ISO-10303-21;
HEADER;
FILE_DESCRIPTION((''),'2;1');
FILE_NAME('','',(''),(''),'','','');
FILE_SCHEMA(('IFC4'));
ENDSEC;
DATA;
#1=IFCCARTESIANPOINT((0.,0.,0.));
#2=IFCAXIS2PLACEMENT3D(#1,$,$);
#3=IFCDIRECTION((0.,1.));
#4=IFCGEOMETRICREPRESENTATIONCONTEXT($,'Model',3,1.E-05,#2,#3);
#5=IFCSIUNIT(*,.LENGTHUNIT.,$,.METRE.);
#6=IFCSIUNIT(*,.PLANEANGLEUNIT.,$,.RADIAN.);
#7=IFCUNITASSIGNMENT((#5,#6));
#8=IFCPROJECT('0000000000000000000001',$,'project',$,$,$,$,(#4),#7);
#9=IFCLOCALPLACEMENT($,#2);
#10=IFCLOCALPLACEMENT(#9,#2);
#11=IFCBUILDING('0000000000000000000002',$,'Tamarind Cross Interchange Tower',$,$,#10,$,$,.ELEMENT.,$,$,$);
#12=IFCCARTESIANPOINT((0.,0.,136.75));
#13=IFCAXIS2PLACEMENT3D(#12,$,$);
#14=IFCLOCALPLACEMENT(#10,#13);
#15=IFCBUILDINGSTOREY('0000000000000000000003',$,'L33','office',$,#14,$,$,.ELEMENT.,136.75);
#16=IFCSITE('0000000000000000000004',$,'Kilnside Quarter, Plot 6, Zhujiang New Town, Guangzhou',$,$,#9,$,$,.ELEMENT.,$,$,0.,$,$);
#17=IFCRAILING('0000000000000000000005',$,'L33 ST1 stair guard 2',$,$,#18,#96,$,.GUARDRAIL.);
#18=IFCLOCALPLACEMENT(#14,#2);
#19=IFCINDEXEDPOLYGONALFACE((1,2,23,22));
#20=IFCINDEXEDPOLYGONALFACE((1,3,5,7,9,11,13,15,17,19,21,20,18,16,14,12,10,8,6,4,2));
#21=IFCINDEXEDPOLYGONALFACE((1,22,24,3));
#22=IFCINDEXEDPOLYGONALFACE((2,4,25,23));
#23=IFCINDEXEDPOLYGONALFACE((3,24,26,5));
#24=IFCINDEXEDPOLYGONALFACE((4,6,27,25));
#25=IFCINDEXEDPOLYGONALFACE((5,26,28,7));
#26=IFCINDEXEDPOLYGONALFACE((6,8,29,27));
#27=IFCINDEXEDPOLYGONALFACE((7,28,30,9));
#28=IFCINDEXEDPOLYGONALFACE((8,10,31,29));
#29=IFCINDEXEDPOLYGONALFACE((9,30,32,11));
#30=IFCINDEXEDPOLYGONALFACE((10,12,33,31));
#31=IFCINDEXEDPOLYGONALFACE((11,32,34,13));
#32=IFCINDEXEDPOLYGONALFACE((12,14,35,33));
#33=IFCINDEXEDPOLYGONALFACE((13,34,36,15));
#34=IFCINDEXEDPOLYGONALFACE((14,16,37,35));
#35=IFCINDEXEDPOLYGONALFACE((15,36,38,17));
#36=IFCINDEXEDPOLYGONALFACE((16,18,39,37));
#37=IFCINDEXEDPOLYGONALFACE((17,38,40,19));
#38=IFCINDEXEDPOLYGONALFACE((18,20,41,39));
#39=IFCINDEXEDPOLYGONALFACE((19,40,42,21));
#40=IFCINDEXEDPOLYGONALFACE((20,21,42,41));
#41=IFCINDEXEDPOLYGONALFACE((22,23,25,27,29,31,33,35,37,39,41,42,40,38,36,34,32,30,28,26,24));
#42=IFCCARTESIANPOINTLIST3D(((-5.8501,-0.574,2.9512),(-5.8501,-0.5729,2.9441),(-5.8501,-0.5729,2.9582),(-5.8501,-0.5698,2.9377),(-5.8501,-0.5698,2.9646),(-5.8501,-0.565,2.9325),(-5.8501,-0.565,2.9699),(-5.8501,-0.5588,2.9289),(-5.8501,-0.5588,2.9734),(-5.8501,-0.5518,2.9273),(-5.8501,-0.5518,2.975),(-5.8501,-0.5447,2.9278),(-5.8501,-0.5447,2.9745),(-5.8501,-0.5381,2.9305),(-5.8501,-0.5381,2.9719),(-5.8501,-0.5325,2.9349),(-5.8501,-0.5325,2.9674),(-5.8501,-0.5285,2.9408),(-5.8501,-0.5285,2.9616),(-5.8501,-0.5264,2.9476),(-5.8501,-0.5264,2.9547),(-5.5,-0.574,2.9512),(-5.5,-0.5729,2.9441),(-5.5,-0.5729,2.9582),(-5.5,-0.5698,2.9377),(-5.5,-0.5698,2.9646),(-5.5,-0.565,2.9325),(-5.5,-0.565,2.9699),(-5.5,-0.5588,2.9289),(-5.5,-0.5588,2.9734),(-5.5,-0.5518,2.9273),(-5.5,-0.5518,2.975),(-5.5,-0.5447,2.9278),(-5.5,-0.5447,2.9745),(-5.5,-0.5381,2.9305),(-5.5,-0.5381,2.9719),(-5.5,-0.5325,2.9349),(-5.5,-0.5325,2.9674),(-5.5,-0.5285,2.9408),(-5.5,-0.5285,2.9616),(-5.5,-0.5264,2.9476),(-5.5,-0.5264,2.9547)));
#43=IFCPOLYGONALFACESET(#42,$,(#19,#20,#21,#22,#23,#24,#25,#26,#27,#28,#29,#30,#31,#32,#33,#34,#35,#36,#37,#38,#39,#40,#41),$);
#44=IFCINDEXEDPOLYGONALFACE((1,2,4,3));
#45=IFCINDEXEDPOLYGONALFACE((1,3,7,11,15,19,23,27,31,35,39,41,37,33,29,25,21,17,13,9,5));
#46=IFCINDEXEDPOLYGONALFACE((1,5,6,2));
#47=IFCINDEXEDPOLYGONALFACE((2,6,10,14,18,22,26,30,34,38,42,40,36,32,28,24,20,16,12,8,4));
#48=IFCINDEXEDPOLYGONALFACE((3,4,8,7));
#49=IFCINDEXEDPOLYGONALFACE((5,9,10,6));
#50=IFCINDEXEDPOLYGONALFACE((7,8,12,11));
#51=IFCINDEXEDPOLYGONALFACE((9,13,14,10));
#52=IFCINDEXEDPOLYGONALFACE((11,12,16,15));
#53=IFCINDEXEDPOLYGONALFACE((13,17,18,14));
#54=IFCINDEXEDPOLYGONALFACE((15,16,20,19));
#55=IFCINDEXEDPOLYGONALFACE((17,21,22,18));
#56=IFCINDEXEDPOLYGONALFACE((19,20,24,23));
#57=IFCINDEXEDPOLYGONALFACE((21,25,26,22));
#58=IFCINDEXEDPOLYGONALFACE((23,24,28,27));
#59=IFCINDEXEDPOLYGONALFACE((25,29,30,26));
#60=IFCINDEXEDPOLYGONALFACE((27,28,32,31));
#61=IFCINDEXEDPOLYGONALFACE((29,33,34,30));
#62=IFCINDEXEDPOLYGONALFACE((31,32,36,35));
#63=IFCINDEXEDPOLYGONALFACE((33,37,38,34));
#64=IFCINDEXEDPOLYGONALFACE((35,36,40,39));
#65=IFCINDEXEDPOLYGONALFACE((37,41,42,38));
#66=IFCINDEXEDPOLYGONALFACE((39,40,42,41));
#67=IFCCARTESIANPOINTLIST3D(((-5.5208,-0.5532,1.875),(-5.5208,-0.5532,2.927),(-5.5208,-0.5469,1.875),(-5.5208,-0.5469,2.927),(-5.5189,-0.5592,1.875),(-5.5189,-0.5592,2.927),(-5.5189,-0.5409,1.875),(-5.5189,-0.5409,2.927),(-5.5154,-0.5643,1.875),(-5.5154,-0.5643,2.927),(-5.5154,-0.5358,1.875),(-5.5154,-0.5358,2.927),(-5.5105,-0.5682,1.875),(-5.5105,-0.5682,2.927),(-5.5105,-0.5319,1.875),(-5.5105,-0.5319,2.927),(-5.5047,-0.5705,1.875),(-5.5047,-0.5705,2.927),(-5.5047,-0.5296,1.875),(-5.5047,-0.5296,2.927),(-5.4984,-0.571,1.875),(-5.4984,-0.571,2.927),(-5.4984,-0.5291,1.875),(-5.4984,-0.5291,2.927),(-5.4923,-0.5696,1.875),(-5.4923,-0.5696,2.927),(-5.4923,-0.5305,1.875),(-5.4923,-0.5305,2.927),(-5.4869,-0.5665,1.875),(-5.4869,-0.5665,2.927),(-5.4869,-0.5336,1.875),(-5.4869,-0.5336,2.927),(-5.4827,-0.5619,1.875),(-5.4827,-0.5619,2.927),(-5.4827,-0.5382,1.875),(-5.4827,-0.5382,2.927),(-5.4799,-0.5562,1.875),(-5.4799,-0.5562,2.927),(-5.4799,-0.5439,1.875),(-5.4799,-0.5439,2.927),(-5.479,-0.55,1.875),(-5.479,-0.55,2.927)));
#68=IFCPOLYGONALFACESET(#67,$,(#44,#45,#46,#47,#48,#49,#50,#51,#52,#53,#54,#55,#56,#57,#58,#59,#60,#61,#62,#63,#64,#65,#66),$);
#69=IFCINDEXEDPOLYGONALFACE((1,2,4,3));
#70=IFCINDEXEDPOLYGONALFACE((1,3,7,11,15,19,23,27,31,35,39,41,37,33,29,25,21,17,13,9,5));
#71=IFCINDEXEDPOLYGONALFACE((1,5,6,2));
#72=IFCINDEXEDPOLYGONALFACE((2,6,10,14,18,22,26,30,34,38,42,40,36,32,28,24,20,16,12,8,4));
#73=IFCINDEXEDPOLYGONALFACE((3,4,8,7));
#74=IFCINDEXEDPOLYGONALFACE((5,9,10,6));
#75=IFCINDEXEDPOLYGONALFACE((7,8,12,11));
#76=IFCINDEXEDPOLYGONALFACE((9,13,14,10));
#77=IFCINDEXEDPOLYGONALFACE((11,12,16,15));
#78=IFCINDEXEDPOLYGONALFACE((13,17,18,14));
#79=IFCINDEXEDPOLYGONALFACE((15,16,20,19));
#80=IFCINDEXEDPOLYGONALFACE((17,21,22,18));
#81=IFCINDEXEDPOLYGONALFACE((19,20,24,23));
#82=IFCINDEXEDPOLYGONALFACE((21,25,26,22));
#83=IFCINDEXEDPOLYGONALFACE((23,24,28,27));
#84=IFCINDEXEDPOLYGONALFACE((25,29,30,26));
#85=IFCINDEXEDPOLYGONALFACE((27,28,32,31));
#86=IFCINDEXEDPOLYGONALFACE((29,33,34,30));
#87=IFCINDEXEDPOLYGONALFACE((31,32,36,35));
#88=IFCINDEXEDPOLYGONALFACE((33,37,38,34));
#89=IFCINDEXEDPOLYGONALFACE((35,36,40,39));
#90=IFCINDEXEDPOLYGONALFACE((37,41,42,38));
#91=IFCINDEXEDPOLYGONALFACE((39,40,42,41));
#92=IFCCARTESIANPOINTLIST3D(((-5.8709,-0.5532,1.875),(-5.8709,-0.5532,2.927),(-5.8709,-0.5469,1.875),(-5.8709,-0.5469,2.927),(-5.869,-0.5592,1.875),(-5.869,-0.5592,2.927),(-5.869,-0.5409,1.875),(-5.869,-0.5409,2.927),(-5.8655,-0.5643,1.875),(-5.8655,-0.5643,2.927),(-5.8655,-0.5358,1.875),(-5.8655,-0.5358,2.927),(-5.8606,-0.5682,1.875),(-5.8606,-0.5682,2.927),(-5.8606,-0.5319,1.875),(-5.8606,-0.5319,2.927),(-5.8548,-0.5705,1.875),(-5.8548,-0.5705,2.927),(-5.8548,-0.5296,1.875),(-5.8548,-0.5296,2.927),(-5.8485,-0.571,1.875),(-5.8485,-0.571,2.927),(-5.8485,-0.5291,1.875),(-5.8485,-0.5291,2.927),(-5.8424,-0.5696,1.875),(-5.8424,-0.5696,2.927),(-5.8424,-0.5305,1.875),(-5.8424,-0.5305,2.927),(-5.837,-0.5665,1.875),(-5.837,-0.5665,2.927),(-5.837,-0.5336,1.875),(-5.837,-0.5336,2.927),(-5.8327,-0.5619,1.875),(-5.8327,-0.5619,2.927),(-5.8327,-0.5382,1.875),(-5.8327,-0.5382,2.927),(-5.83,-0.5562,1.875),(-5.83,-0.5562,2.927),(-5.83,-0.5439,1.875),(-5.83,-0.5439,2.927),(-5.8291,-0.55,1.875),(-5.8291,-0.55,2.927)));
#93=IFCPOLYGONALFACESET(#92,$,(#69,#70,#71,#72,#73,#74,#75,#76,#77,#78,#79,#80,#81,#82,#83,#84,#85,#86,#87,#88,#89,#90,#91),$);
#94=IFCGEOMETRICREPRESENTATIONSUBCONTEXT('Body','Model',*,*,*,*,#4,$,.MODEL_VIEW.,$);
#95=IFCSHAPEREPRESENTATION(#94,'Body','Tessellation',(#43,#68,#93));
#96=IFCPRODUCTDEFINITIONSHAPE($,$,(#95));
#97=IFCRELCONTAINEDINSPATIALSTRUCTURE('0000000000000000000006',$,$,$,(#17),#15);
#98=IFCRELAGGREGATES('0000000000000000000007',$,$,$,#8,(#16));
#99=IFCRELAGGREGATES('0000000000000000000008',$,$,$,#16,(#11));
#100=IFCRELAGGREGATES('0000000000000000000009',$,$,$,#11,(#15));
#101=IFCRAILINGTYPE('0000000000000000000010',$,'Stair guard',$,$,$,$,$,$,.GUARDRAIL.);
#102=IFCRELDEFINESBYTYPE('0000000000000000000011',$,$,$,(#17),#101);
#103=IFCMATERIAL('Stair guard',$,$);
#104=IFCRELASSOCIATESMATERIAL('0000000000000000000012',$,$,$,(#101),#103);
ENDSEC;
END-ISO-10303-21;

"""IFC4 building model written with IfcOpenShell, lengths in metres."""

from ifc_helpers import new_model, si_unit, direction, frame, origin, origin_2d, place, context, subcontext, project, spatial, circle, extrude, material, type_object, element, save


model = new_model("IFC4")

# Units and contexts
model_context = context("Model", 3, precision=1e-05, world=origin(), true_north=direction((0.0, 1.0)))
body_context = subcontext(model_context, "Body", "Model", "MODEL_VIEW")
ifc_project = project(units=[si_unit("LENGTHUNIT", "METRE"), si_unit("PLANEANGLEUNIT", "RADIAN")], contexts=[model_context])

# Site, building, storey
site_placement = place(None, origin())
site = spatial("IfcSite", under=ifc_project, at=site_placement, Name="Kilnside Quarter, Plot 6, Zhujiang New Town, Guangzhou", CompositionType="ELEMENT", RefElevation=0.0)
building_placement = place(site_placement, origin())
building = spatial("IfcBuilding", under=site, at=building_placement, Name="Tamarind Cross Interchange Tower", CompositionType="ELEMENT")
storey_placement = place(building_placement, frame((0.0, 0.0, 136.75)))
storey = spatial("IfcBuildingStorey", under=building, at=storey_placement, Name="L33", Description="office", CompositionType="ELEMENT", Elevation=136.75)

# Railing
ifc_material_1 = material(Name="Stair guard")
railing_type_1 = type_object("IfcRailingType", Name="Stair guard", PredefinedType="GUARDRAIL", material=ifc_material_1)
railing_1_placement = place(storey_placement, frame((-5.5, -0.55, 1.875)))
element("IfcRailing", 1, at=railing_1_placement, inside=storey, type_object=railing_type_1, Name="L33 ST1 stair guard 2", PredefinedType="GUARDRAIL", context=body_context, shape_type="SweptSolid", body=[
    extrude(circle(Radius=0.0239, at=origin_2d()), frame((0.0, 0.0, 1.0762), z_axis=(-1.0, 0.0, 0.0), x_axis=(0.0, -1.0, 0.0)), (0.0, 0.0, 1.0), 0.3501),
    extrude(circle(Radius=0.021, at=origin_2d()), origin(), (0.0, 0.0, 1.0), 1.052),
    extrude(circle(Radius=0.021, at=origin_2d()), frame((-0.3501, 0.0, 0.0)), (0.0, 0.0, 1.0), 1.052),
])

save(model, "model.ifc")
